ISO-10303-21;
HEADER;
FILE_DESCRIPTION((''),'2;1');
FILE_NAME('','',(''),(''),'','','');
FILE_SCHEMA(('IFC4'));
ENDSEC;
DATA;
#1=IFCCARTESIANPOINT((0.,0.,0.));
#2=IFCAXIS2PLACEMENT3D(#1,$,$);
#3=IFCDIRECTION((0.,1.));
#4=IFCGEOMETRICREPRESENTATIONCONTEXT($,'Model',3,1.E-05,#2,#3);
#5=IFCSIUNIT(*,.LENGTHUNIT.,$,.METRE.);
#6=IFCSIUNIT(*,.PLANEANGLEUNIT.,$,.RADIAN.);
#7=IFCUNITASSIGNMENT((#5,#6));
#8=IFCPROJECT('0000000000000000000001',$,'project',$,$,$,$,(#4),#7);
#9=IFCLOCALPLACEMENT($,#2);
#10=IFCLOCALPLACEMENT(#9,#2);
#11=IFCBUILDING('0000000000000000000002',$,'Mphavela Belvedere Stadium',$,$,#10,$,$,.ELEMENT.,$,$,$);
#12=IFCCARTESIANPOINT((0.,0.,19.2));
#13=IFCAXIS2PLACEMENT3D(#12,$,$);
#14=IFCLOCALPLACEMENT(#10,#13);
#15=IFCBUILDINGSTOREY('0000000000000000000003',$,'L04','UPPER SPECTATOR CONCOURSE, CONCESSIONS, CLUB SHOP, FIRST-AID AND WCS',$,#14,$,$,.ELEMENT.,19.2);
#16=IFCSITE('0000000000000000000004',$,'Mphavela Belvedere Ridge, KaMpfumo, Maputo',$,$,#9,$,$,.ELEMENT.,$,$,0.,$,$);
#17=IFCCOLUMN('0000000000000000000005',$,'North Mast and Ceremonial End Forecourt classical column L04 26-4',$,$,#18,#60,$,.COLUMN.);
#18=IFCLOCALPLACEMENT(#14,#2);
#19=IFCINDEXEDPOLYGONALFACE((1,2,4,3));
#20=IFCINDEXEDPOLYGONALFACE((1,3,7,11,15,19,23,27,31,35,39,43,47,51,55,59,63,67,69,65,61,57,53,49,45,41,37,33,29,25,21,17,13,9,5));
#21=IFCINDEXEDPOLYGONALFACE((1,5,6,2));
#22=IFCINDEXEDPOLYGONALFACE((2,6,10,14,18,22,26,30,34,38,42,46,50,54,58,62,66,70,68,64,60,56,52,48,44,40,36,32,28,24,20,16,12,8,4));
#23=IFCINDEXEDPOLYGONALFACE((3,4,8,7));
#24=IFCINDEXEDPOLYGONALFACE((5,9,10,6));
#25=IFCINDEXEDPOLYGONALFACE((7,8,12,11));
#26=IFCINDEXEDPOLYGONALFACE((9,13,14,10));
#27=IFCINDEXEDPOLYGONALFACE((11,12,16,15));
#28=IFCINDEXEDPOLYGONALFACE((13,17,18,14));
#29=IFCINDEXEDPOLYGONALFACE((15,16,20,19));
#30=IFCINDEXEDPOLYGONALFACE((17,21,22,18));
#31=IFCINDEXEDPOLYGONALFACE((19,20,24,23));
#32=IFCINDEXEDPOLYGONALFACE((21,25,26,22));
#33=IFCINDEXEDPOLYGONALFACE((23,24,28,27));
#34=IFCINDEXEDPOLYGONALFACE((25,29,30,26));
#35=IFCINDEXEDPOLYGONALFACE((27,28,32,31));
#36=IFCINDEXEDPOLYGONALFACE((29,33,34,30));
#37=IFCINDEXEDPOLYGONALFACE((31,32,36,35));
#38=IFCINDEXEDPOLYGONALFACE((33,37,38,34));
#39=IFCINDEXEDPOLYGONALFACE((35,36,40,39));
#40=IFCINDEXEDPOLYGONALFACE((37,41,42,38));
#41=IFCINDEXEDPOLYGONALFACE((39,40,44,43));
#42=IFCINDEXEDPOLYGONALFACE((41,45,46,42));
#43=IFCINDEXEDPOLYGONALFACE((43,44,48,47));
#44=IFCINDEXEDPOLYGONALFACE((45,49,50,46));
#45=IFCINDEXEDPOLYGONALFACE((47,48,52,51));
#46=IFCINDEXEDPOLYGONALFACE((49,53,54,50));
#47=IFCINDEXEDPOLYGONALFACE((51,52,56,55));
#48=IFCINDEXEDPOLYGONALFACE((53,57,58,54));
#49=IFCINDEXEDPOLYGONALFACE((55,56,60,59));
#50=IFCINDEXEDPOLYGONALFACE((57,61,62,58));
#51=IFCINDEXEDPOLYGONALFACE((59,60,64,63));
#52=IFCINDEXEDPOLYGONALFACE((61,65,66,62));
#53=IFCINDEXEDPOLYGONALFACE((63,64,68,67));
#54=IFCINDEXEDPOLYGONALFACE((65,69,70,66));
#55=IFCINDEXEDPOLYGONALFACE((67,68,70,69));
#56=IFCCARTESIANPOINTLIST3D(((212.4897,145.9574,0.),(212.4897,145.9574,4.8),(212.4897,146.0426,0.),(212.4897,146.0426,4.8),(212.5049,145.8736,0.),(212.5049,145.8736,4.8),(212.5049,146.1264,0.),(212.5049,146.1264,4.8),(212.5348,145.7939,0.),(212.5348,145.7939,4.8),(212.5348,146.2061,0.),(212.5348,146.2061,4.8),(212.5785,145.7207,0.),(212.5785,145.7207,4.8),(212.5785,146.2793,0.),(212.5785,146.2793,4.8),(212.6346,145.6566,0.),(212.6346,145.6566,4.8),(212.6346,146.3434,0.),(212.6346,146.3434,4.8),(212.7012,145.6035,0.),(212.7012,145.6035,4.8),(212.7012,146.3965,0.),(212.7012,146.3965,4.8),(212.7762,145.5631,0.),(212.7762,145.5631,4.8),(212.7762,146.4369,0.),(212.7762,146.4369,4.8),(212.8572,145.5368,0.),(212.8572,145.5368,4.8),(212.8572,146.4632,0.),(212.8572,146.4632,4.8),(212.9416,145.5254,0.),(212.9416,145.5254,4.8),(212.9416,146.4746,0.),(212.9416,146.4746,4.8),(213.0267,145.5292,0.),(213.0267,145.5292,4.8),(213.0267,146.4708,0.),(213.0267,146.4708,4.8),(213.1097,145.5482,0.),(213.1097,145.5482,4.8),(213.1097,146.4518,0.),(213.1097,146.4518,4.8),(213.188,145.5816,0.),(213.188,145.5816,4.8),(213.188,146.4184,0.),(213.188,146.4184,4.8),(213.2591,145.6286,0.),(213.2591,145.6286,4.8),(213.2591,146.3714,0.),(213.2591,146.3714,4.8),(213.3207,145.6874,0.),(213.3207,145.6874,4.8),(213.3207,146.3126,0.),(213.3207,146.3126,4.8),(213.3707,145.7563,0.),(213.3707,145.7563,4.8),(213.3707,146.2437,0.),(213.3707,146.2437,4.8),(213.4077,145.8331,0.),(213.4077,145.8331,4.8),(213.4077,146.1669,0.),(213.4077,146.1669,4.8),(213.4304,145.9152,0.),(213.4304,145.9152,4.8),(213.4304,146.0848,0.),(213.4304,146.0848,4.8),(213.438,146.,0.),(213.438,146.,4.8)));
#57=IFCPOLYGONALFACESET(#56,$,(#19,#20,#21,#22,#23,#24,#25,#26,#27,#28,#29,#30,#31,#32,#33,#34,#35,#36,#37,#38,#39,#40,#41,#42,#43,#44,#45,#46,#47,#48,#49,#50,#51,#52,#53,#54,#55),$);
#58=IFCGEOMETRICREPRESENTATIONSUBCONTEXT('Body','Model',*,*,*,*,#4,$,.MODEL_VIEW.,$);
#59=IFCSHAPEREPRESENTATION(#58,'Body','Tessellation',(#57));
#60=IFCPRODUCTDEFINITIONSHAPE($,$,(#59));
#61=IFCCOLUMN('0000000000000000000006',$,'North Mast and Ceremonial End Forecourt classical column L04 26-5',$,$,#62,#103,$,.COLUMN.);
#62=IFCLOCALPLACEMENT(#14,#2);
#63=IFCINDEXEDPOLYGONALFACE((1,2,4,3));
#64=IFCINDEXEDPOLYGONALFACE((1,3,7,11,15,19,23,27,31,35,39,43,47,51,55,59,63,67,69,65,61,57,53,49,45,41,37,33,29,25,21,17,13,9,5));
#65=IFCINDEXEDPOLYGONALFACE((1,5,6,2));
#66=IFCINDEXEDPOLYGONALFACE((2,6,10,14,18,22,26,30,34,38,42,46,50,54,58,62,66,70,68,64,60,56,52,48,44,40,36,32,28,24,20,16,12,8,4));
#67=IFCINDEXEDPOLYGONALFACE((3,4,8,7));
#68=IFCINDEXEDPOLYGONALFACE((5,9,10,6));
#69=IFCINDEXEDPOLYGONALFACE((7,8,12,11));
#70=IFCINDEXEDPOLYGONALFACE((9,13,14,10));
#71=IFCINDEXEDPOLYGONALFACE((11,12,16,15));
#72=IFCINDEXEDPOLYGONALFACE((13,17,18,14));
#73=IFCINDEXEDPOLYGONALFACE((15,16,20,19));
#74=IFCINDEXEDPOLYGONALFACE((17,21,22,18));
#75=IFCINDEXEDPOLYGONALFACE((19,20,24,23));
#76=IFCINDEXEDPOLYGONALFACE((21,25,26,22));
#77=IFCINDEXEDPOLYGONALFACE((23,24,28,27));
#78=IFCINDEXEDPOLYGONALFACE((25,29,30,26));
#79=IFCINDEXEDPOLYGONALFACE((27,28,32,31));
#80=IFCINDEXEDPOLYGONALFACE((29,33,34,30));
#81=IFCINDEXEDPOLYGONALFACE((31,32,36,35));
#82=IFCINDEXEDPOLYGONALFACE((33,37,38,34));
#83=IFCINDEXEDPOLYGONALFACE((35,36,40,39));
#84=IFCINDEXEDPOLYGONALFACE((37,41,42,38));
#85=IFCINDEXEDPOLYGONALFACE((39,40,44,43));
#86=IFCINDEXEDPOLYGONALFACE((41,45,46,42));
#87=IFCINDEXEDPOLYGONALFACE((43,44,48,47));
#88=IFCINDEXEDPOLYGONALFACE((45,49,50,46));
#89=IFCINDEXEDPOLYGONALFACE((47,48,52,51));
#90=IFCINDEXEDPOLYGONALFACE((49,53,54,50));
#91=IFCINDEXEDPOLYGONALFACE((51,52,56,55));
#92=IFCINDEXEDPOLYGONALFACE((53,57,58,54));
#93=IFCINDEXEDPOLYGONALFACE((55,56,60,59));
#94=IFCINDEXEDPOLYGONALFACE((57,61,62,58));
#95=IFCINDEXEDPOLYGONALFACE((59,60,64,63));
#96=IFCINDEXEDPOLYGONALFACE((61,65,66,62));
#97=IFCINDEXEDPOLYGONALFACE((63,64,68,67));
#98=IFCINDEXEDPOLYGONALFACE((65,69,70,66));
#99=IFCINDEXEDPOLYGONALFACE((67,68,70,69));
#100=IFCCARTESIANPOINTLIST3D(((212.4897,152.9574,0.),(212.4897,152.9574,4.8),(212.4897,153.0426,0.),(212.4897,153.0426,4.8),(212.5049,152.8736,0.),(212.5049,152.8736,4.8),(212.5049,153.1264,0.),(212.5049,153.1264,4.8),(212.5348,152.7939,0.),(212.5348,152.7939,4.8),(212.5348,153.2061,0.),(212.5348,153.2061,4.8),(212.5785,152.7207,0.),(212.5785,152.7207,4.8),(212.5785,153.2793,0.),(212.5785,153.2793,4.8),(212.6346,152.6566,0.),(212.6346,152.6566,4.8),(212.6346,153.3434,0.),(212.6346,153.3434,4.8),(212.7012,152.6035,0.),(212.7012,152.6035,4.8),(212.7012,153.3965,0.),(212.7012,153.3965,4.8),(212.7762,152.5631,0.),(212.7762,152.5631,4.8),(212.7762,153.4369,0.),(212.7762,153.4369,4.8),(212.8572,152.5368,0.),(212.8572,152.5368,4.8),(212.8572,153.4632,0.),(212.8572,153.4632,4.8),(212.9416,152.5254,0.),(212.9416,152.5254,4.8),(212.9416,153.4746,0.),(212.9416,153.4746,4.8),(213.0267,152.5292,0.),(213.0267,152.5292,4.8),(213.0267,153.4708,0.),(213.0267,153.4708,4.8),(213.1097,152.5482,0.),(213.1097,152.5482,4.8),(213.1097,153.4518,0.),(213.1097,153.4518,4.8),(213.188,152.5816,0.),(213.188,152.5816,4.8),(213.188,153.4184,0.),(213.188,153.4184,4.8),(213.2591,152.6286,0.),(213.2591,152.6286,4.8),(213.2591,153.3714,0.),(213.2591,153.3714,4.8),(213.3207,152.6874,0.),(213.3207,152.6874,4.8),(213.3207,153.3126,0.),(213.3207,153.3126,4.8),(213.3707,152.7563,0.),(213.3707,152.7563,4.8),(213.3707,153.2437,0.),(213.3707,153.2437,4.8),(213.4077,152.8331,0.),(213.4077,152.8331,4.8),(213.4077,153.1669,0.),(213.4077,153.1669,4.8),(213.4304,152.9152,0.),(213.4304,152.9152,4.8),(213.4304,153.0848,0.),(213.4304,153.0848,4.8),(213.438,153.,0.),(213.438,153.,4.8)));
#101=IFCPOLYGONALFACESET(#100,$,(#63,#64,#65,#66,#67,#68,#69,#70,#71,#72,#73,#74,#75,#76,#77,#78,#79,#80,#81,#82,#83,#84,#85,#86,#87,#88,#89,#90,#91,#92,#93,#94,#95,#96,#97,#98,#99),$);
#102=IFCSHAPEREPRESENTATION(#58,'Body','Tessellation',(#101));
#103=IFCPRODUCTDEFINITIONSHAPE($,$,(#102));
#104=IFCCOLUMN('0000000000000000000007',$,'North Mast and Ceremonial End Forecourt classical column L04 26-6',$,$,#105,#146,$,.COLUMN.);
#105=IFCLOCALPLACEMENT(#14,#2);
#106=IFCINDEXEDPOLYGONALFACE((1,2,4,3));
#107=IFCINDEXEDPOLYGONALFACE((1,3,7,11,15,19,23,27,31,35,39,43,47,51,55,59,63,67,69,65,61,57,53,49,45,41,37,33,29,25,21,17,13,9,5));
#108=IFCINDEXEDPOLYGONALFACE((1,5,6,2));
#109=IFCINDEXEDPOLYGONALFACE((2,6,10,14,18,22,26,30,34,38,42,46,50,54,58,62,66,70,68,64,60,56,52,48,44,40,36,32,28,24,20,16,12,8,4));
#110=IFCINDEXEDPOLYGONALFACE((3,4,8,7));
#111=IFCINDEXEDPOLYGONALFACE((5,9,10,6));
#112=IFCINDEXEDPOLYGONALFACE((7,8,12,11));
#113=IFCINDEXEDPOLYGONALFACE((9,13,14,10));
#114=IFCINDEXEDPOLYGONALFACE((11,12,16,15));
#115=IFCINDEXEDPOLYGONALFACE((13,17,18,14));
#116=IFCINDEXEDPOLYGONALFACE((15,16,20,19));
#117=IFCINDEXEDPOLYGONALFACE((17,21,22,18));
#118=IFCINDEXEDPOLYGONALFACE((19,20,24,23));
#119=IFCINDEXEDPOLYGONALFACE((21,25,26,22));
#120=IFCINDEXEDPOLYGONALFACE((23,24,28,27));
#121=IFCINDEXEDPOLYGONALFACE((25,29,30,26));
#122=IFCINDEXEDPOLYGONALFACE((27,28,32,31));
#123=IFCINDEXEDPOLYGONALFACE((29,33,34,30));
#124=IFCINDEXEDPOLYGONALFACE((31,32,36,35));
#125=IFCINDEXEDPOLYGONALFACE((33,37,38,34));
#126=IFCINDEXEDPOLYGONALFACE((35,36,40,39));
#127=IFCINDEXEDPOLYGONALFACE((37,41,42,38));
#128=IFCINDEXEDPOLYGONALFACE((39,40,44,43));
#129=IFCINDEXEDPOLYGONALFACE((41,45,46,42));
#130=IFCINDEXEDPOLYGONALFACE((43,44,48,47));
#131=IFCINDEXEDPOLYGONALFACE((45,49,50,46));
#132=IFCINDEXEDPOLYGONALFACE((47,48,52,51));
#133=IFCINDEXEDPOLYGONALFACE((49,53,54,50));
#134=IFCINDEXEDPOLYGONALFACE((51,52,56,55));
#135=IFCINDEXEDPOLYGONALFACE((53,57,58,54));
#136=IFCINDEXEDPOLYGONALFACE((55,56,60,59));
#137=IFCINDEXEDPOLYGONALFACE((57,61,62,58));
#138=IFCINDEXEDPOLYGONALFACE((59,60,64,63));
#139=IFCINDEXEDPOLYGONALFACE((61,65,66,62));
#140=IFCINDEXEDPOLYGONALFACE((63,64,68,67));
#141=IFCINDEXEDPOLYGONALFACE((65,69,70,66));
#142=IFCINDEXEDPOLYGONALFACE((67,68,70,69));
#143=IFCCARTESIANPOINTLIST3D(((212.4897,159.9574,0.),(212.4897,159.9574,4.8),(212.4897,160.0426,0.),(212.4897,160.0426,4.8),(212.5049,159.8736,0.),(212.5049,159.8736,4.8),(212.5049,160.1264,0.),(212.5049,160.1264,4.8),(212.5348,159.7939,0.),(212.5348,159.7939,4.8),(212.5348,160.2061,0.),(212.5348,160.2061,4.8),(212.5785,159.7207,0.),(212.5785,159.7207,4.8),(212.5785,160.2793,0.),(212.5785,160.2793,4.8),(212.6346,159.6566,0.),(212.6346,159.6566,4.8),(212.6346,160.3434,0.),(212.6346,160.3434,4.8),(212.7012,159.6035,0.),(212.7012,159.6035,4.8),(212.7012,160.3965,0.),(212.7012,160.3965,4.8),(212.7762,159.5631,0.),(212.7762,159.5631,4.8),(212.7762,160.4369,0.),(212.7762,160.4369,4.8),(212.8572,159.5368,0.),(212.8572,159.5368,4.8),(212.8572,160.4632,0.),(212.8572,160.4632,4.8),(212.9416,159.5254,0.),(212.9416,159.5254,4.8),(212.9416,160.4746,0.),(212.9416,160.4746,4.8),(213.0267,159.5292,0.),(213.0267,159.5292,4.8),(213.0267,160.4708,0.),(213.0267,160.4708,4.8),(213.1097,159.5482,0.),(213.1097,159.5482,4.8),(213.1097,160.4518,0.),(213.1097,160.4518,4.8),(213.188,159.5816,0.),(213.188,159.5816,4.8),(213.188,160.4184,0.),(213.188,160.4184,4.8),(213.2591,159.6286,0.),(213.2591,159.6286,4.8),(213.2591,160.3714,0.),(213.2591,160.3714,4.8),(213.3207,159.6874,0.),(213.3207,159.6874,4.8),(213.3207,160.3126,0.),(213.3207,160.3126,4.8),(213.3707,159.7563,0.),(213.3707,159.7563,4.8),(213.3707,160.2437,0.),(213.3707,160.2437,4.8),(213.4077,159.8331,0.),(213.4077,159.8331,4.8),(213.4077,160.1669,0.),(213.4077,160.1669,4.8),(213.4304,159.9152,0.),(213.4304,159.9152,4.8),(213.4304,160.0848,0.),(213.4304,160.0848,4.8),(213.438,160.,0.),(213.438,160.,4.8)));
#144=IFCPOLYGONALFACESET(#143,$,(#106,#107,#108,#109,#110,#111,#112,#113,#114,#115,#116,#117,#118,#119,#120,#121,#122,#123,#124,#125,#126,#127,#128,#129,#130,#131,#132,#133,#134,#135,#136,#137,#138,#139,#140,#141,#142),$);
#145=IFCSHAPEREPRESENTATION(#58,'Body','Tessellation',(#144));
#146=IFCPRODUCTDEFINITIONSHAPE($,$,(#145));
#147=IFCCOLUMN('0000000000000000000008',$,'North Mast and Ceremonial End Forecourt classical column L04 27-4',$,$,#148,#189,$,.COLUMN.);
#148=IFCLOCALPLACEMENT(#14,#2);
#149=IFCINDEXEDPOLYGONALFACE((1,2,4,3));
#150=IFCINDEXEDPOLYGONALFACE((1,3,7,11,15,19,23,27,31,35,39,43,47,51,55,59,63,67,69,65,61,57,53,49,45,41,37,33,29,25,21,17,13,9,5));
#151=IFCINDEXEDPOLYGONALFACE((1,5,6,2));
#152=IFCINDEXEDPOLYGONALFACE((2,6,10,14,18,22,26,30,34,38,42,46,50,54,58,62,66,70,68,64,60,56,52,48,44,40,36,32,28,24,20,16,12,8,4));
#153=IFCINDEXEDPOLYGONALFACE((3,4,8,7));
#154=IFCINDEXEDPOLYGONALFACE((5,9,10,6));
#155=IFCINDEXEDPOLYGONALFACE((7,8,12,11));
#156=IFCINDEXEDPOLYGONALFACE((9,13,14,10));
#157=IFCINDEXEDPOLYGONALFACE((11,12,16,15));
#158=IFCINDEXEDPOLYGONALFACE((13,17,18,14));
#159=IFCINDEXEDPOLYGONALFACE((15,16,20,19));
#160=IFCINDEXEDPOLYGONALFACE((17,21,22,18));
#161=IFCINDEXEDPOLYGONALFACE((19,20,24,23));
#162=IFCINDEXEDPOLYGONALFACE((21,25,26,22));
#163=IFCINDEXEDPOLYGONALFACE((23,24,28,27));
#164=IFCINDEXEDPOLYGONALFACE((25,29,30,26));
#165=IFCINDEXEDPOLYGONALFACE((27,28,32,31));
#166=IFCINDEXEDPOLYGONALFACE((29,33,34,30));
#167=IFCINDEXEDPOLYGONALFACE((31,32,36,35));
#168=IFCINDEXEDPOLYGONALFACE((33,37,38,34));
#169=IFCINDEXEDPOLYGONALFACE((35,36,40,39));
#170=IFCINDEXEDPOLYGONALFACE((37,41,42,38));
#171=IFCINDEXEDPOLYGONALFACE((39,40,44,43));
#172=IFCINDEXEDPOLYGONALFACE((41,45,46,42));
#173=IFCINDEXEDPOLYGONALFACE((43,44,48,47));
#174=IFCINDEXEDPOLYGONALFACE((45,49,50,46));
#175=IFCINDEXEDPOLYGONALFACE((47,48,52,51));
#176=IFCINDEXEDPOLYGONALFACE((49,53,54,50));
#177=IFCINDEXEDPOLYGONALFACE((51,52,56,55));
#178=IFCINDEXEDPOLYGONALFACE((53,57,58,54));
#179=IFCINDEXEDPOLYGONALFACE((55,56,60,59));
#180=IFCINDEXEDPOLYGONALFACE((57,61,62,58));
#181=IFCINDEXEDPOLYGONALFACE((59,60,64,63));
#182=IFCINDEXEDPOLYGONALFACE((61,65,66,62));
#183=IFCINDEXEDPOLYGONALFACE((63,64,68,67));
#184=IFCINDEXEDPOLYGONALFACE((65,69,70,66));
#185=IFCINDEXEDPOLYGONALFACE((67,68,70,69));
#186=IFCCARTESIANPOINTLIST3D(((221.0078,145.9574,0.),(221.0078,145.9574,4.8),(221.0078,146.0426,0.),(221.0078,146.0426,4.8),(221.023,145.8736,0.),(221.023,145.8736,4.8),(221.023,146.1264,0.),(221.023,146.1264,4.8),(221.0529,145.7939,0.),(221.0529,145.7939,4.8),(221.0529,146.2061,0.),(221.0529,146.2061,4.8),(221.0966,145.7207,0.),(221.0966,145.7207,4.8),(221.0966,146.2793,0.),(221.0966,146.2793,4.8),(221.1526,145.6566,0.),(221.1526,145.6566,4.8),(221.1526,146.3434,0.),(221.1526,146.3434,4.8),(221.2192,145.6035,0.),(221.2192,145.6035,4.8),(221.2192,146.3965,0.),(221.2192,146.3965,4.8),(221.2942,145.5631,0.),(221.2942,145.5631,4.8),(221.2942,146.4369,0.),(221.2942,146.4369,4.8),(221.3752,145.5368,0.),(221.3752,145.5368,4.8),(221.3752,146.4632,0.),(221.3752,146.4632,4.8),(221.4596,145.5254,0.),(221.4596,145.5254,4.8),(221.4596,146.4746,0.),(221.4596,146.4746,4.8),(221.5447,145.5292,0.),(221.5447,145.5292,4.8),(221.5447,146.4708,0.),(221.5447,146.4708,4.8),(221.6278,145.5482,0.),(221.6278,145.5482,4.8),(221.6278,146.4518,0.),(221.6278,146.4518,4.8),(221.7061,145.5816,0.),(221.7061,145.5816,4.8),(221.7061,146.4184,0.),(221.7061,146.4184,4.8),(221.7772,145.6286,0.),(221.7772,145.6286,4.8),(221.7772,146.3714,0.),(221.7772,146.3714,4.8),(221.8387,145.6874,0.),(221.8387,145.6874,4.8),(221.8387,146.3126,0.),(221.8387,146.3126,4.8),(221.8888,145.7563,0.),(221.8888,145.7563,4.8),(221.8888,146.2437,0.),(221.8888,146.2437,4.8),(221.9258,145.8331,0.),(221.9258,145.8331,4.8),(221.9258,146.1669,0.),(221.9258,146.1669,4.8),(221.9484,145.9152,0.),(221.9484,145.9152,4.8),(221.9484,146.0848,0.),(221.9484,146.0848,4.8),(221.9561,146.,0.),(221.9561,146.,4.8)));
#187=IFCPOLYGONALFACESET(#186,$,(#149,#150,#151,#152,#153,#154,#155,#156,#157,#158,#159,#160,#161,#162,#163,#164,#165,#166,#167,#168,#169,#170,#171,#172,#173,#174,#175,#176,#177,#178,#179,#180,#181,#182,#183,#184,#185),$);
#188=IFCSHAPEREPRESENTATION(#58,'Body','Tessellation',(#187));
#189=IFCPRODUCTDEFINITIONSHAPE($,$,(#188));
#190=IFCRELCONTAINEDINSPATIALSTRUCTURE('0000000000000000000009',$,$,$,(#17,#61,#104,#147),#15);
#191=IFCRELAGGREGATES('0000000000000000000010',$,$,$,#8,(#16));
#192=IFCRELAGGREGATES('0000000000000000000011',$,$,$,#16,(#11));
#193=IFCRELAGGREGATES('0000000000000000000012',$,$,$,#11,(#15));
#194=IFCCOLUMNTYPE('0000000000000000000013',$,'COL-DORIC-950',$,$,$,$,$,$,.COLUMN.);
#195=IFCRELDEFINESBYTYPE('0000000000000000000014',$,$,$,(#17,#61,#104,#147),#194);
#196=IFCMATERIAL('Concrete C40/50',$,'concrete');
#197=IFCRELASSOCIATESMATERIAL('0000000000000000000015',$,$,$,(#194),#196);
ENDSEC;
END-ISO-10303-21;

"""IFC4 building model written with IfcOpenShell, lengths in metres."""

from ifc_helpers import new_model, si_unit, direction, frame, origin, origin_2d, place, context, subcontext, project, spatial, circle, extrude, material, material_profile, profile_set, type_object, element, save


model = new_model("IFC4")

# Units and contexts
model_context = context("Model", 3, precision=1e-05, world=origin(), true_north=direction((0.0, 1.0)))
body_context = subcontext(model_context, "Body", "Model", "MODEL_VIEW")
ifc_project = project(units=[si_unit("LENGTHUNIT", "METRE"), si_unit("PLANEANGLEUNIT", "RADIAN")], contexts=[model_context])

# Site, building, storey
site_placement = place(None, origin())
site = spatial("IfcSite", under=ifc_project, at=site_placement, Name="Mphavela Belvedere Ridge, KaMpfumo, Maputo", CompositionType="ELEMENT", RefElevation=0.0)
building_placement = place(site_placement, origin())
building = spatial("IfcBuilding", under=site, at=building_placement, Name="Mphavela Belvedere Stadium", CompositionType="ELEMENT")
storey_placement = place(building_placement, frame((0.0, 0.0, 19.2)))
storey = spatial("IfcBuildingStorey", under=building, at=storey_placement, Name="L04", Description="UPPER SPECTATOR CONCOURSE, CONCESSIONS, CLUB SHOP, FIRST-AID AND WCS", CompositionType="ELEMENT", Elevation=19.2)

# Columns
ifc_material_1 = material(Name="Concrete C40/50", Category="concrete")
ifc_material_profile_1 = material_profile(ifc_material_1, circle(Radius=0.4751, at=origin_2d()), Name="COL D950")
ifc_profile_set_1 = profile_set([ifc_material_profile_1], Name="Concrete C40/50")
column_type = type_object("IfcColumnType", Name="COL-DORIC-950", PredefinedType="COLUMN", material=ifc_profile_set_1)
for number, where, z_axis, x_axis, name in (
    (1, (212.9629, 146.0, 0.0), (0.0, 0.0, 1.0), (1.0, 0.0, 0.0), "North Mast and Ceremonial End Forecourt classical column L04 26-4"),
    (2, (212.9629, 153.0, 0.0), (0.0, 0.0, 1.0), (1.0, 0.0, 0.0), "North Mast and Ceremonial End Forecourt classical column L04 26-5"),
    (3, (212.9629, 160.0, 0.0), (0.0, 0.0, 1.0), (1.0, 0.0, 0.0), "North Mast and Ceremonial End Forecourt classical column L04 26-6"),
    (4, (221.481, 146.0, 0.0), (0.0, 0.0, 1.0), (1.0, 0.0, 0.0), "North Mast and Ceremonial End Forecourt classical column L04 27-4"),
):
    element("IfcColumn", number, at=place(storey_placement, frame(where, z_axis=z_axis, x_axis=x_axis)), inside=storey, type_object=column_type, Name=name, PredefinedType="COLUMN", context=body_context, shape_type="SweptSolid", body=[
        extrude(circle(Radius=0.4751, at=origin_2d()), origin(), (0.0, 0.0, 1.0), 4.8),
    ])

save(model, "model.ifc")
